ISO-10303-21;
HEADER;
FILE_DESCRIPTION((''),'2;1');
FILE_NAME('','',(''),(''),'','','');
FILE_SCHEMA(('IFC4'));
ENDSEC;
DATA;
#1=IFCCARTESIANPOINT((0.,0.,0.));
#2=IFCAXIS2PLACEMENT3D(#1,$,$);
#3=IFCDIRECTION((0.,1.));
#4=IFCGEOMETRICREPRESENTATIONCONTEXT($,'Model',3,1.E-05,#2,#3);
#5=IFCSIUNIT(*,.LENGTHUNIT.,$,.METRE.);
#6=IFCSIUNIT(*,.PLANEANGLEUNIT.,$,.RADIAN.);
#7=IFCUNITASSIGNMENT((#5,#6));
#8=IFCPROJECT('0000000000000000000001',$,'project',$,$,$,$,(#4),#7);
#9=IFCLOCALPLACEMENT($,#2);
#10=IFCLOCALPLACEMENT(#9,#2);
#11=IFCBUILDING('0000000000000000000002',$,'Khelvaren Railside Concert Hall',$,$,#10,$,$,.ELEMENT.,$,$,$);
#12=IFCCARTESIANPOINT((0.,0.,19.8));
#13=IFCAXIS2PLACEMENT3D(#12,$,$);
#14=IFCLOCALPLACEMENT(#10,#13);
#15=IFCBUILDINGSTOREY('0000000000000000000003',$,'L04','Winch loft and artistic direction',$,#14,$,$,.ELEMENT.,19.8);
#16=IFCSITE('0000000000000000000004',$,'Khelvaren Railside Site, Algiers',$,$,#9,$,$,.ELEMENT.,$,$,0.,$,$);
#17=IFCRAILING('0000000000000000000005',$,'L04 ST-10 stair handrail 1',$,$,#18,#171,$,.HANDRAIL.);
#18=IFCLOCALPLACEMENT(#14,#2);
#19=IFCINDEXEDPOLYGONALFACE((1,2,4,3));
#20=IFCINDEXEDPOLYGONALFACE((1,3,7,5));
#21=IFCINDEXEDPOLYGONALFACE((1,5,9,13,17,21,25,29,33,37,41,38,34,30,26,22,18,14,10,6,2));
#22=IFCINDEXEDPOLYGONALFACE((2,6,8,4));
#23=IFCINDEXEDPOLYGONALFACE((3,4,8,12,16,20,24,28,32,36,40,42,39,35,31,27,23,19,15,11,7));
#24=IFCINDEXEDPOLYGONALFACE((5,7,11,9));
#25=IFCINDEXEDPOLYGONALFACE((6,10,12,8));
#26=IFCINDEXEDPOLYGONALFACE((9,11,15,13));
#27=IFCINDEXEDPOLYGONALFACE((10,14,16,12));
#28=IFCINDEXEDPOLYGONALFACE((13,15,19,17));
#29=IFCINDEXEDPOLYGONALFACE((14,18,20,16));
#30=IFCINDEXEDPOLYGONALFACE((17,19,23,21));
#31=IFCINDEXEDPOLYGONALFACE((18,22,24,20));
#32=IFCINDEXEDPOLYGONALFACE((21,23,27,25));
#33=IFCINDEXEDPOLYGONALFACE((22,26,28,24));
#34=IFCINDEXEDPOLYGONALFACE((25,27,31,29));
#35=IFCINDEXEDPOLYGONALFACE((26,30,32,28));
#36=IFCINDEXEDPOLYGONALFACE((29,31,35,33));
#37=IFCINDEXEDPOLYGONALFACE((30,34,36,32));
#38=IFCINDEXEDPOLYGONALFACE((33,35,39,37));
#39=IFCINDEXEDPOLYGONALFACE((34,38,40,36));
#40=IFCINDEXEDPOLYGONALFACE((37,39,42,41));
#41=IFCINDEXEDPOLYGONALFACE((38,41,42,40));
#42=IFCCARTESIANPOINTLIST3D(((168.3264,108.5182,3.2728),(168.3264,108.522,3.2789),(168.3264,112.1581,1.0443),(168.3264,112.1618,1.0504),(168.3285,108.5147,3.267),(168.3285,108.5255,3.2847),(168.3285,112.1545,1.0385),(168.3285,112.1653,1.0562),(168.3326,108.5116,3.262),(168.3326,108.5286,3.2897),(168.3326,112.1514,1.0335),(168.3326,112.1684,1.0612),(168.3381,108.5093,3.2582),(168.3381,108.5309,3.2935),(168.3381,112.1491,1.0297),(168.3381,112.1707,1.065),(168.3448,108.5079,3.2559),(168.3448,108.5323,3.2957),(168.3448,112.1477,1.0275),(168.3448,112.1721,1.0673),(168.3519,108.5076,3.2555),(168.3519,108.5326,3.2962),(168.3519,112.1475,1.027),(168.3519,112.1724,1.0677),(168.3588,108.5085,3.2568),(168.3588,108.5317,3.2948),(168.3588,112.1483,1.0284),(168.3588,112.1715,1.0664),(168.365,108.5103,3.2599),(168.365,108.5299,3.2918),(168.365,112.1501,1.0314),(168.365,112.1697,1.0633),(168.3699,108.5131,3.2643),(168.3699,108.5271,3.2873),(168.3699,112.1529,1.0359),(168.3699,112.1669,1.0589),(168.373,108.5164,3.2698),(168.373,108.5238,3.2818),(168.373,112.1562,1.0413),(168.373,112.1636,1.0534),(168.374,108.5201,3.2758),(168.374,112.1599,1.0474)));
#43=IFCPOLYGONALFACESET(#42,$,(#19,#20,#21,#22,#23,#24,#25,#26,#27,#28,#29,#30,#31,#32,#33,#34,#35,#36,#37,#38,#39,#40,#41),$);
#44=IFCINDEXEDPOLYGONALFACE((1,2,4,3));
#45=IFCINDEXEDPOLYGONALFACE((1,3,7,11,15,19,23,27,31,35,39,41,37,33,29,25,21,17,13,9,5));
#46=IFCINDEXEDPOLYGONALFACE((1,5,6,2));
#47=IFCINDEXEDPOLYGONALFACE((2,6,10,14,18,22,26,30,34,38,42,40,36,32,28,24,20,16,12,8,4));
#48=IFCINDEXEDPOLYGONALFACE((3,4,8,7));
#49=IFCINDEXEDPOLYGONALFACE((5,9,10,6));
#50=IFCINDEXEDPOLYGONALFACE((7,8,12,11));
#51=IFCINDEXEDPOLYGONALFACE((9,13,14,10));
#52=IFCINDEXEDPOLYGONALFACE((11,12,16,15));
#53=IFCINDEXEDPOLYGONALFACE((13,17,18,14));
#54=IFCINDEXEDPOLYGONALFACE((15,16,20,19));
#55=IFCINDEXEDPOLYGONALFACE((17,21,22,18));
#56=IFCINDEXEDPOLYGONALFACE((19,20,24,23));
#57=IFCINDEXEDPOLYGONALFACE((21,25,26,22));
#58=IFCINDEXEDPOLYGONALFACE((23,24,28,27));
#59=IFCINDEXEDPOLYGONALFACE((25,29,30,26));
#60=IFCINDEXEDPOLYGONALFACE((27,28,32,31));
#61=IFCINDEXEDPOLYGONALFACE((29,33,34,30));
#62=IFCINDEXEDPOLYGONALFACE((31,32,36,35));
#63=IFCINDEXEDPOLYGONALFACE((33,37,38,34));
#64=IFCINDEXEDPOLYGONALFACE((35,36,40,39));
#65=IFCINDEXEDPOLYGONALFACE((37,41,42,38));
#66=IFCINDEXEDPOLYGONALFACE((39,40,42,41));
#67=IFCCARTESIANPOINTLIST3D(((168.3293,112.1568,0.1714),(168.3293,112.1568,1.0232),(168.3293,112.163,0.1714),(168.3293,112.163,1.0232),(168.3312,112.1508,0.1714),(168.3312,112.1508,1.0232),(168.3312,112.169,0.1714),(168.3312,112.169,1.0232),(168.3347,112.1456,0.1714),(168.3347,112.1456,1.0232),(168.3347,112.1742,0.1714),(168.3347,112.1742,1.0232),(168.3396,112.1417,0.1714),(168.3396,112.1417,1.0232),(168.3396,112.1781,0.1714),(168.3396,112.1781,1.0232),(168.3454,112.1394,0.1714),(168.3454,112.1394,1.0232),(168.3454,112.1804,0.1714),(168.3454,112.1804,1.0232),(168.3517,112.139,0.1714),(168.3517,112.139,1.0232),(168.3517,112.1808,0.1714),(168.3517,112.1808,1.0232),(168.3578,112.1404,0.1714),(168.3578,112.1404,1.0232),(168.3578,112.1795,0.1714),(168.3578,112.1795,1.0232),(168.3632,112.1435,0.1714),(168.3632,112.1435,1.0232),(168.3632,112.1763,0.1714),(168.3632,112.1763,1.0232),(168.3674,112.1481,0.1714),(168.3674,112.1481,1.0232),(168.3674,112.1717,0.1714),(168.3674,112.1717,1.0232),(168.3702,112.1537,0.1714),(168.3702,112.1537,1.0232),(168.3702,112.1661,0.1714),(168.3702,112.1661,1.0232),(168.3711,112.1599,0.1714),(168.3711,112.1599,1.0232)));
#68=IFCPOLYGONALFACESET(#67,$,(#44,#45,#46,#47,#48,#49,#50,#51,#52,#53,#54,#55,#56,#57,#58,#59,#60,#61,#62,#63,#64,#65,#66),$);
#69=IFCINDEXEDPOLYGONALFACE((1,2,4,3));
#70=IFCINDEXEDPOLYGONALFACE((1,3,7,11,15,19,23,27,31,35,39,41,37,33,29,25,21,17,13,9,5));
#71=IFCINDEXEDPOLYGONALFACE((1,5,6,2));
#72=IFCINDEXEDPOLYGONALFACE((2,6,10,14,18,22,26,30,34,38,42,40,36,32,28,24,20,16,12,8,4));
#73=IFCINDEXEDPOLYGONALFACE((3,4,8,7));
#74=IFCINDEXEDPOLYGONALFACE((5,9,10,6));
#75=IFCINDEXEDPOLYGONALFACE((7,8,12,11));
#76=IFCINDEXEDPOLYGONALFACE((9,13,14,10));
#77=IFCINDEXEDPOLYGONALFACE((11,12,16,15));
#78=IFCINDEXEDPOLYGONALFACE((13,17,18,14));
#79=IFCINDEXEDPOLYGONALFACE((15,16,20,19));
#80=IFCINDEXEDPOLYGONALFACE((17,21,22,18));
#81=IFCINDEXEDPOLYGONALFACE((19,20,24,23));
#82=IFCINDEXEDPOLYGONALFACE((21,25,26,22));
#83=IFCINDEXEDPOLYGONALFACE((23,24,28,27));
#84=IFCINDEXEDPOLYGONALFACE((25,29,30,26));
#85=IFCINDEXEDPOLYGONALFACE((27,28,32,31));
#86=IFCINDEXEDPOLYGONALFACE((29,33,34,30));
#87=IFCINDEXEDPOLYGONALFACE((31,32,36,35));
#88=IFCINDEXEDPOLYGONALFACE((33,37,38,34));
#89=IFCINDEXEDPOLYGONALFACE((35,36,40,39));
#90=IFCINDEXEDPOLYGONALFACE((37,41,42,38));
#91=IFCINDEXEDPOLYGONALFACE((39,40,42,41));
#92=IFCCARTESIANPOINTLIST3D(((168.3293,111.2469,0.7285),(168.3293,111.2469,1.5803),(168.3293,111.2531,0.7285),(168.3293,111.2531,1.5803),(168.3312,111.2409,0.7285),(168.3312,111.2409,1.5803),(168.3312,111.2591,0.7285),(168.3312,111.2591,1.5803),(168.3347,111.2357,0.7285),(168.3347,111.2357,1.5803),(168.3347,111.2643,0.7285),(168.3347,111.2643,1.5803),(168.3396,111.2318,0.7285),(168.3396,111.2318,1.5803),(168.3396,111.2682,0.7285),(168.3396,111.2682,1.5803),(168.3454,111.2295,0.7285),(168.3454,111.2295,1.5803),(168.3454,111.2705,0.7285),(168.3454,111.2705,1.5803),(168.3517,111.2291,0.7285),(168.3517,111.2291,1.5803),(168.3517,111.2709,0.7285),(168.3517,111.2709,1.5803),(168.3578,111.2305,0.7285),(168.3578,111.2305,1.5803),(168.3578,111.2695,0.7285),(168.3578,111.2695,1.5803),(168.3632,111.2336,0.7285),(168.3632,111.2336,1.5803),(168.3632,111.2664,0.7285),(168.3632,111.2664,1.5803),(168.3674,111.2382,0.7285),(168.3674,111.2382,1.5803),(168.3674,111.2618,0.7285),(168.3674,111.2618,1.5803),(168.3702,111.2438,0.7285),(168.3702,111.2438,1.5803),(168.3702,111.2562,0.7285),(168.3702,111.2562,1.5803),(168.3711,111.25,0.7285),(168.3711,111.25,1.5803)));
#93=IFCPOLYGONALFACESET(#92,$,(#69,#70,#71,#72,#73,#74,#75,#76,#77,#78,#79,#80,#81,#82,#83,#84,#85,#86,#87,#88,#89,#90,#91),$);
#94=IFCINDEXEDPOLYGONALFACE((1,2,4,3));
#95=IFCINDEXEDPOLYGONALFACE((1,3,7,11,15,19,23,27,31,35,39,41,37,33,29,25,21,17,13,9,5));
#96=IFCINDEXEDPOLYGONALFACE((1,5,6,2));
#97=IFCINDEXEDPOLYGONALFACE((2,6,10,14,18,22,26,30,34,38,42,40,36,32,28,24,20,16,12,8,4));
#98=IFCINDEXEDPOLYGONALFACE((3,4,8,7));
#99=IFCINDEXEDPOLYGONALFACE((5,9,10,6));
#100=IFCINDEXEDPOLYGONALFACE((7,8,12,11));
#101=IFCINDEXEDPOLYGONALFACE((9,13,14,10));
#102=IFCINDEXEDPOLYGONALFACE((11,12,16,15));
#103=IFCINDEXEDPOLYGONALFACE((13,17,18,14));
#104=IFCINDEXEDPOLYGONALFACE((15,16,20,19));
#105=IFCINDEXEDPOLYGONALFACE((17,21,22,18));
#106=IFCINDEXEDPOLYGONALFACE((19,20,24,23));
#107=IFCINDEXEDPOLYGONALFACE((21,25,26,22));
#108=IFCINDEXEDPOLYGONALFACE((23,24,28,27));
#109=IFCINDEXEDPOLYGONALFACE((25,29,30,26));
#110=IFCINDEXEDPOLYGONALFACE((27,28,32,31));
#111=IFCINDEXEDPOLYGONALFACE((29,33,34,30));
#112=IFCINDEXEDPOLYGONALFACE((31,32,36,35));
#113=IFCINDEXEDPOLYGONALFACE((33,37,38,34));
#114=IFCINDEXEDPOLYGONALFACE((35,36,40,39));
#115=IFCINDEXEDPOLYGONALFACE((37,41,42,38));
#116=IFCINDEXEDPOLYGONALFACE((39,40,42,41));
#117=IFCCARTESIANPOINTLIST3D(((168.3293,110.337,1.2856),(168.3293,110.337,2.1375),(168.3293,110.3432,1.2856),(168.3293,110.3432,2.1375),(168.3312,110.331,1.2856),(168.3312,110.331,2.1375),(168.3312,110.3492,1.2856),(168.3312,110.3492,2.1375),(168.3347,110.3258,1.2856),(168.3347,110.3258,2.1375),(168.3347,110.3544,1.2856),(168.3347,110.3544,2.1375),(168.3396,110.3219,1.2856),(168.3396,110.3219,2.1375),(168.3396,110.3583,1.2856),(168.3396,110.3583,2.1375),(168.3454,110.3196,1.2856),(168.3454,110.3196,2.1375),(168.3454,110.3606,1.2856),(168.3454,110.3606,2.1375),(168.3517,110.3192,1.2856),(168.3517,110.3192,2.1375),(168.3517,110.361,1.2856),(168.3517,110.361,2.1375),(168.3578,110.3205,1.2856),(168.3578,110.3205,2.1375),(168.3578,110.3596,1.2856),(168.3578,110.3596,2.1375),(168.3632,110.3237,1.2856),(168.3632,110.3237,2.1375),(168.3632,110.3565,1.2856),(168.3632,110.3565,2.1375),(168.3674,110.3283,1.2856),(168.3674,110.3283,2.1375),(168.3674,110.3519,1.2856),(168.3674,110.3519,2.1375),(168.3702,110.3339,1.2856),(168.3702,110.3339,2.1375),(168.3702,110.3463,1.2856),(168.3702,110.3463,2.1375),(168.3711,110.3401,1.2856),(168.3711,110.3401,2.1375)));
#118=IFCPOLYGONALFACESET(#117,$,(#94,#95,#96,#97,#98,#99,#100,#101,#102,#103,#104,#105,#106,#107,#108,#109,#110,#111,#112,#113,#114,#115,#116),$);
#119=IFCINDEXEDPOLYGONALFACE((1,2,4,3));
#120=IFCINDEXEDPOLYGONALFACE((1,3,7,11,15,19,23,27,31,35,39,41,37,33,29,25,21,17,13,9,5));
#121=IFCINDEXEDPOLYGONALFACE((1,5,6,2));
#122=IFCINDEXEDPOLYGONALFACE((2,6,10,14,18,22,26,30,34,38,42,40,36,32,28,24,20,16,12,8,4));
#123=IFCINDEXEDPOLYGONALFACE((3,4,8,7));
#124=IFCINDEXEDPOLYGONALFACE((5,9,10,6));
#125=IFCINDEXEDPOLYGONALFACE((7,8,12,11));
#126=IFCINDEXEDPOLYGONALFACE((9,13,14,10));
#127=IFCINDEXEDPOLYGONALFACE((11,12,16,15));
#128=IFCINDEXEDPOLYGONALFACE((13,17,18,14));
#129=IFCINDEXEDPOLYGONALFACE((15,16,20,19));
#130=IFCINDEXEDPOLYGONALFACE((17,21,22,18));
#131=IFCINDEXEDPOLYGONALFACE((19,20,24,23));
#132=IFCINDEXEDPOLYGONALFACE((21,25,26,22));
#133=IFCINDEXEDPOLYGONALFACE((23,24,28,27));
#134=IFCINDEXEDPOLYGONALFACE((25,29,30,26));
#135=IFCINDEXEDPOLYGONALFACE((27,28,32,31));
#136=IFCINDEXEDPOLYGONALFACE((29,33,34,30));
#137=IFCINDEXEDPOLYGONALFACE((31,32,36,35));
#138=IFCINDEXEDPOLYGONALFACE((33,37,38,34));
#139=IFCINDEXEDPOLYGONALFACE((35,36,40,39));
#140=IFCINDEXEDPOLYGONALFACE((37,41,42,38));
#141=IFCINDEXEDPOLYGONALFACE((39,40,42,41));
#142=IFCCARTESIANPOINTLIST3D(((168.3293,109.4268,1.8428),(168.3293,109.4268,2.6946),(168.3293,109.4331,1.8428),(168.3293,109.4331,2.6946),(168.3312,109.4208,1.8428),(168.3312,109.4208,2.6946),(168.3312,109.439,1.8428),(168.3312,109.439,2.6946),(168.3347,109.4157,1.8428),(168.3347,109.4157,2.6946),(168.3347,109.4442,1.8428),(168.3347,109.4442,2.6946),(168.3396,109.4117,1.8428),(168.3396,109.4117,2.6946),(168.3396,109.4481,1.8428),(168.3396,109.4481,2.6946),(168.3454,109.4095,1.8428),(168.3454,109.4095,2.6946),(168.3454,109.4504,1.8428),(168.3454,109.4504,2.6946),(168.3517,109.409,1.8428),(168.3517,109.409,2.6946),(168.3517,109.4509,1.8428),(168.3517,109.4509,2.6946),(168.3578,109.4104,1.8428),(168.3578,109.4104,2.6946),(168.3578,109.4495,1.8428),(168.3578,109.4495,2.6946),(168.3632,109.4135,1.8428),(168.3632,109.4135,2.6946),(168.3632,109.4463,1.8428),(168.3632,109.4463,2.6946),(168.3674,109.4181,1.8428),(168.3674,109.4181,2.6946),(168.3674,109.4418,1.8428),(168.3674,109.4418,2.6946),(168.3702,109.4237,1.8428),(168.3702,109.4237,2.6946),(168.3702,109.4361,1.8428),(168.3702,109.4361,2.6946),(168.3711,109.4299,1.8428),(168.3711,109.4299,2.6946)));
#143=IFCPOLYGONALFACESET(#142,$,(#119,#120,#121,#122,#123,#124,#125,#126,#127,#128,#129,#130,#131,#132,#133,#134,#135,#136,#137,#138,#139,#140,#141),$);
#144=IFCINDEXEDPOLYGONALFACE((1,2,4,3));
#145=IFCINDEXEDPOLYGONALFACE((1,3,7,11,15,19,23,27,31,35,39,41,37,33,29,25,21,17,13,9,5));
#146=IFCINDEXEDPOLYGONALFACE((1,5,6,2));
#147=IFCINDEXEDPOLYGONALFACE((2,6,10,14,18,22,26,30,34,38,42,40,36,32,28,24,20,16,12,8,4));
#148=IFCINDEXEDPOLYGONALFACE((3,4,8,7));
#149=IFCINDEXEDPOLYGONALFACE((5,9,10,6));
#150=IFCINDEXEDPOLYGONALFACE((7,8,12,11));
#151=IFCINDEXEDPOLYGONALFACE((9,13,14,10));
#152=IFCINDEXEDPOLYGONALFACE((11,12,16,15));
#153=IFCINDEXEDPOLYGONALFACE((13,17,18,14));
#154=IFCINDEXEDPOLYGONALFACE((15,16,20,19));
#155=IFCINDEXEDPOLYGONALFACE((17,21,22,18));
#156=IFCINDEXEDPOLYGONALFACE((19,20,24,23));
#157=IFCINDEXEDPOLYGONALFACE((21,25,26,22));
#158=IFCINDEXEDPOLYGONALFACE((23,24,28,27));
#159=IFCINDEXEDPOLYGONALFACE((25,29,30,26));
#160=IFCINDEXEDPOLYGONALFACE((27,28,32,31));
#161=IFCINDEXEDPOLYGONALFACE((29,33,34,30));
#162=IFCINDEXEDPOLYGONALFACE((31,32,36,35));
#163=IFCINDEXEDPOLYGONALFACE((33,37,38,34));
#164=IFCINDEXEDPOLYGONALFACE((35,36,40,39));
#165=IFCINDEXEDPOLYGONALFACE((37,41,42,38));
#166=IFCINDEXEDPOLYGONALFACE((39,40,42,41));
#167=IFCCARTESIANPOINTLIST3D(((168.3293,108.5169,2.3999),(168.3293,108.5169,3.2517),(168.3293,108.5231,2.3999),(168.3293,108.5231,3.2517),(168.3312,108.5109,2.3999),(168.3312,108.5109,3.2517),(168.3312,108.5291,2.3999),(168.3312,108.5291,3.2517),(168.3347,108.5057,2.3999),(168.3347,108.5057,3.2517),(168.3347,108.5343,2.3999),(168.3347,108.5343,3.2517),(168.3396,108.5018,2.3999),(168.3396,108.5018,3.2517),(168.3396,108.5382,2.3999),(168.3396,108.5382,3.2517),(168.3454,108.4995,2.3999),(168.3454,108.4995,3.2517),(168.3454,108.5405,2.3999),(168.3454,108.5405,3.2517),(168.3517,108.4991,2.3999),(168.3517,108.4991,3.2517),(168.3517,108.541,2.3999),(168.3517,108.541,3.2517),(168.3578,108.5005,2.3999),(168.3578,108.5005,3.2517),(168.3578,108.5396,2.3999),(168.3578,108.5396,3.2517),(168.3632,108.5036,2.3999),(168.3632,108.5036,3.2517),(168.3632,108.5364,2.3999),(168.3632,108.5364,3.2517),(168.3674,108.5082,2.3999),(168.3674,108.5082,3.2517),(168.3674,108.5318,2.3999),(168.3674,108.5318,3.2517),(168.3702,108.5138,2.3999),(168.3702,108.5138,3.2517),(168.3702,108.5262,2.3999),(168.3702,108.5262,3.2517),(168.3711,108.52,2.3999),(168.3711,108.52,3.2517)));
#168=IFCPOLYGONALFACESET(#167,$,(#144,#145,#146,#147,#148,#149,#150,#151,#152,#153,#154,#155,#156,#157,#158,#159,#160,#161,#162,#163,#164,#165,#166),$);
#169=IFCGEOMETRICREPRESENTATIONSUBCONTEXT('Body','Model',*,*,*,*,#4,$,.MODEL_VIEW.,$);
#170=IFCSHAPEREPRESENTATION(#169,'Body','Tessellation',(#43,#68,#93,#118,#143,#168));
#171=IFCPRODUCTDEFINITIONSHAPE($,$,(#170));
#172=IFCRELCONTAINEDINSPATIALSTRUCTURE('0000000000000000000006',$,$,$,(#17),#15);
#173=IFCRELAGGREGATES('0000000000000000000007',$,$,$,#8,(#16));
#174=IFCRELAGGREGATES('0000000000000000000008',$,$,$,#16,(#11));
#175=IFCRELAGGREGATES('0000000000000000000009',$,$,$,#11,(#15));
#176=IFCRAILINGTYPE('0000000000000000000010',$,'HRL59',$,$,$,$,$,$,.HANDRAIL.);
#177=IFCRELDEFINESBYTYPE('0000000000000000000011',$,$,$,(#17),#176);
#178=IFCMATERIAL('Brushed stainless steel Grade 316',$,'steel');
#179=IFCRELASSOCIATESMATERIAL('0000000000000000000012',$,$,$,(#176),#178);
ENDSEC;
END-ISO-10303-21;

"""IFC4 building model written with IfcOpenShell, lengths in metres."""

from ifc_helpers import new_model, si_unit, direction, frame, origin, origin_2d, place, context, subcontext, project, spatial, circle, extrude, material, type_object, element, save


model = new_model("IFC4")

# Units and contexts
model_context = context("Model", 3, precision=1e-05, world=origin(), true_north=direction((0.0, 1.0)))
body_context = subcontext(model_context, "Body", "Model", "MODEL_VIEW")
ifc_project = project(units=[si_unit("LENGTHUNIT", "METRE"), si_unit("PLANEANGLEUNIT", "RADIAN")], contexts=[model_context])

# Site, building, storey
site_placement = place(None, origin())
site = spatial("IfcSite", under=ifc_project, at=site_placement, Name="Khelvaren Railside Site, Algiers", CompositionType="ELEMENT", RefElevation=0.0)
building_placement = place(site_placement, origin())
building = spatial("IfcBuilding", under=site, at=building_placement, Name="Khelvaren Railside Concert Hall", CompositionType="ELEMENT")
storey_placement = place(building_placement, frame((0.0, 0.0, 19.8)))
storey = spatial("IfcBuildingStorey", under=building, at=storey_placement, Name="L04", Description="Winch loft and artistic direction", CompositionType="ELEMENT", Elevation=19.8)

# Railing
ifc_material_1 = material(Name="Brushed stainless steel Grade 316", Category="steel")
railing_type_1 = type_object("IfcRailingType", Name="HRL59", PredefinedType="HANDRAIL", material=ifc_material_1)
railing_1_placement = place(storey_placement, frame((168.3501, 112.1599, 0.1714)))
element("IfcRailing", 1, at=railing_1_placement, inside=storey, type_object=railing_type_1, Name="L04 ST-10 stair handrail 1", PredefinedType="HANDRAIL", context=body_context, shape_type="SweptSolid", body=[
    extrude(circle(Radius=0.0239, at=origin_2d()), frame((0.0, 0.0, 0.876), z_axis=(0.0, -0.85285, 0.522156), x_axis=(1.0, 0.0, 0.0)), (0.0, 0.0, 1.0), 4.2678),
    extrude(circle(Radius=0.021, at=origin_2d()), origin(), (0.0, 0.0, 1.0), 0.8518),
    extrude(circle(Radius=0.021, at=origin_2d()), frame((0.0, -0.9099, 0.5571)), (0.0, 0.0, 1.0), 0.8518),
    extrude(circle(Radius=0.021, at=origin_2d()), frame((0.0, -1.8198, 1.1143)), (0.0, 0.0, 1.0), 0.8518),
    extrude(circle(Radius=0.021, at=origin_2d()), frame((0.0, -2.73, 1.6714)), (0.0, 0.0, 1.0), 0.8518),
    extrude(circle(Radius=0.021, at=origin_2d()), frame((0.0, -3.6399, 2.2285)), (0.0, 0.0, 1.0), 0.8518),
])

save(model, "model.ifc")
